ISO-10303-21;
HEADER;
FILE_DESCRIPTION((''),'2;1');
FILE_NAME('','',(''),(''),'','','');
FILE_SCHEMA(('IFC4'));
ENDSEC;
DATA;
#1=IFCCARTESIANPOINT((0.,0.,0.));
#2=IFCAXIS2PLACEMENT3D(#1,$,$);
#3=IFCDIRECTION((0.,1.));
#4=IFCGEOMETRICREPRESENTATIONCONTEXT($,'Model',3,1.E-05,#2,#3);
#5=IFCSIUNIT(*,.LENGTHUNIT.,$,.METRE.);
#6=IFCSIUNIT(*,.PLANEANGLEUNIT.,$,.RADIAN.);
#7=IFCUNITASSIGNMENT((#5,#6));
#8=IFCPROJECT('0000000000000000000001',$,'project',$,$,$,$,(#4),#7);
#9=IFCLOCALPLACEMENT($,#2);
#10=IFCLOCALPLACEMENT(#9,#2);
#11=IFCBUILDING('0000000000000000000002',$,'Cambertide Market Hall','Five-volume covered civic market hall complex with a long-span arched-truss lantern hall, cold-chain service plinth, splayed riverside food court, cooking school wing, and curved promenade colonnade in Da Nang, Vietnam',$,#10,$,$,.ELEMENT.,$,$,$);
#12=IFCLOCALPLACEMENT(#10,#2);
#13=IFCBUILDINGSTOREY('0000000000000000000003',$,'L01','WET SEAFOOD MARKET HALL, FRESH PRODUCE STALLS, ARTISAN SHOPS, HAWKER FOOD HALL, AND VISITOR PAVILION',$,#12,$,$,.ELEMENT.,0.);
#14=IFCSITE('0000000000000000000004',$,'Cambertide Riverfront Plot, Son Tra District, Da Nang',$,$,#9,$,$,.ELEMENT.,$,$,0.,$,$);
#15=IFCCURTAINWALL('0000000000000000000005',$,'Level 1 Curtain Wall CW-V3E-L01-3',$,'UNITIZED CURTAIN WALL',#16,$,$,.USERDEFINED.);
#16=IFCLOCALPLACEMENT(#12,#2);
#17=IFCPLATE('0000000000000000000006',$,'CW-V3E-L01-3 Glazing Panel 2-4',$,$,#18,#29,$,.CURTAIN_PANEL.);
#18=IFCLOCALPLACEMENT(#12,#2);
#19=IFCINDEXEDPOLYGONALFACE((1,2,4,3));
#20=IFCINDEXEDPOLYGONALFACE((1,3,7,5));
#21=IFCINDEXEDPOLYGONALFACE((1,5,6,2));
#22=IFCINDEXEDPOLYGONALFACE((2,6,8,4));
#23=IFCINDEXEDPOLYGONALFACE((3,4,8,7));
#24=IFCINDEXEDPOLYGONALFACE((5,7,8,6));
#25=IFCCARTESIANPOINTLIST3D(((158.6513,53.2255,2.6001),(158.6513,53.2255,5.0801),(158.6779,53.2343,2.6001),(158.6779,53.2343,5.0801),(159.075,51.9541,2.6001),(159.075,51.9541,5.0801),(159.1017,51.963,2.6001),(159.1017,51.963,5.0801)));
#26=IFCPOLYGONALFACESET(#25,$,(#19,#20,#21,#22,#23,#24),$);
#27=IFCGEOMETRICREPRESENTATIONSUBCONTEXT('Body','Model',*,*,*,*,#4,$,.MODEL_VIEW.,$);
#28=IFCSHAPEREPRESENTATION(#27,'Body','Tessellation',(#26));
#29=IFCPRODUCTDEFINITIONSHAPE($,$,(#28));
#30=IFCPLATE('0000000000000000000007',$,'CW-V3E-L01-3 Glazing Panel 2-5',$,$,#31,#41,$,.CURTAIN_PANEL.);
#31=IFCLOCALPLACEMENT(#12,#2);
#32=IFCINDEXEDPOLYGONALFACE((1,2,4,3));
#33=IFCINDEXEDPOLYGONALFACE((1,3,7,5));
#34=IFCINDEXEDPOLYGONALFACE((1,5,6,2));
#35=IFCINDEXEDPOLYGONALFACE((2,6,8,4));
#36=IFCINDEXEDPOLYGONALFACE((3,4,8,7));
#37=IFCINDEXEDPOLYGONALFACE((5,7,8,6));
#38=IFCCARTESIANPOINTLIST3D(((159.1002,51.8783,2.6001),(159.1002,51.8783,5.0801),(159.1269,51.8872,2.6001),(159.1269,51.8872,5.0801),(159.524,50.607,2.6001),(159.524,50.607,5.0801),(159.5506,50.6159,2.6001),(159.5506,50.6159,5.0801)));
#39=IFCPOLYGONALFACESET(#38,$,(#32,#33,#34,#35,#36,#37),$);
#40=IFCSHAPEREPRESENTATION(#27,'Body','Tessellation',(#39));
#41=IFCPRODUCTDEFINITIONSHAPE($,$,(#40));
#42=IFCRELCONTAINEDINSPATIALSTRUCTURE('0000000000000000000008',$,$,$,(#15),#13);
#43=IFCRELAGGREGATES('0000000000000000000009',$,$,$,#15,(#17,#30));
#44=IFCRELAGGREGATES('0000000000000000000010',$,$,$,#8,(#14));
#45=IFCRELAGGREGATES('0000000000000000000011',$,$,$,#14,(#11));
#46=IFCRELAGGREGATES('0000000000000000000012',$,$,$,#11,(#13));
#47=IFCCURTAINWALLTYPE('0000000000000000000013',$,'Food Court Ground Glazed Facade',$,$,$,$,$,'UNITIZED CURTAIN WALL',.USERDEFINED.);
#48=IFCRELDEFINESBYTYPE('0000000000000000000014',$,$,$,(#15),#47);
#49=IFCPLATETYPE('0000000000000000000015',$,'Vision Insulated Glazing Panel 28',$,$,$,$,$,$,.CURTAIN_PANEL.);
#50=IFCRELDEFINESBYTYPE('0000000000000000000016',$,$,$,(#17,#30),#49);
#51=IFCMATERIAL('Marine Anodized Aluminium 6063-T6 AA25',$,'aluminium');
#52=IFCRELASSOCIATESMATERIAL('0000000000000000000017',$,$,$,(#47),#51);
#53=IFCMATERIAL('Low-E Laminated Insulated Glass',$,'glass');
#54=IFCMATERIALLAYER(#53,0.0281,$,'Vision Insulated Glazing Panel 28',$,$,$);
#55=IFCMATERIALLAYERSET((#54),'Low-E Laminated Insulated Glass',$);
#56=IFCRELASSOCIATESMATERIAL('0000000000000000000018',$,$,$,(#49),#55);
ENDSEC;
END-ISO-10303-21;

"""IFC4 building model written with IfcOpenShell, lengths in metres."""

from ifc_helpers import new_model, si_unit, direction, frame, origin, origin_2d, place, context, subcontext, project, spatial, rectangle, extrude, material, layer, layer_set, type_object, element, aggregate, save


model = new_model("IFC4")

# Units and contexts
model_context = context("Model", 3, precision=1e-05, world=origin(), true_north=direction((0.0, 1.0)))
body_context = subcontext(model_context, "Body", "Model", "MODEL_VIEW")
ifc_project = project(units=[si_unit("LENGTHUNIT", "METRE"), si_unit("PLANEANGLEUNIT", "RADIAN")], contexts=[model_context])

# Site, building, storey
site_placement = place(None, origin())
site = spatial("IfcSite", under=ifc_project, at=site_placement, Name="Cambertide Riverfront Plot, Son Tra District, Da Nang", CompositionType="ELEMENT", RefElevation=0.0)
building_placement = place(site_placement, origin())
building = spatial("IfcBuilding", under=site, at=building_placement, Name="Cambertide Market Hall", Description="Five-volume covered civic market hall complex with a long-span arched-truss lantern hall, cold-chain service plinth, splayed riverside food court, cooking school wing, and curved promenade colonnade in Da Nang, Vietnam", CompositionType="ELEMENT")
storey_placement = place(building_placement, origin())
storey = spatial("IfcBuildingStorey", under=building, at=storey_placement, Name="L01", Description="WET SEAFOOD MARKET HALL, FRESH PRODUCE STALLS, ARTISAN SHOPS, HAWKER FOOD HALL, AND VISITOR PAVILION", CompositionType="ELEMENT", Elevation=0.0)

# Curtain wall, plates
ifc_material_1 = material(Name="Marine Anodized Aluminium 6063-T6 AA25", Category="aluminium")
curtain_wall_type = type_object("IfcCurtainWallType", Name="Food Court Ground Glazed Facade", ElementType="UNITIZED CURTAIN WALL", PredefinedType="USERDEFINED", material=ifc_material_1)
curtain_wall_placement = place(storey_placement, origin())
curtain_wall = element("IfcCurtainWall", 1, at=curtain_wall_placement, inside=storey, type_object=curtain_wall_type, Name="Level 1 Curtain Wall CW-V3E-L01-3", ObjectType="UNITIZED CURTAIN WALL", PredefinedType="USERDEFINED")
ifc_material_2 = material(Name="Low-E Laminated Insulated Glass", Category="glass")
ifc_layer = layer(ifc_material_2, 0.0281, Name="Vision Insulated Glazing Panel 28")
ifc_layer_set = layer_set([ifc_layer], Name="Low-E Laminated Insulated Glass")
plate_type = type_object("IfcPlateType", Name="Vision Insulated Glazing Panel 28", PredefinedType="CURTAIN_PANEL", material=ifc_layer_set)
plate_1_placement = place(storey_placement, frame((158.8765, 52.5942, 2.6001), z_axis=(0.0, 0.0, 1.0), x_axis=(0.316228, -0.948683, 0.0)))
plate_1 = element("IfcPlate", 2, at=plate_1_placement, type_object=plate_type, Name="CW-V3E-L01-3 Glazing Panel 2-4", PredefinedType="CURTAIN_PANEL", context=body_context, shape_type="SweptSolid", body=[
    extrude(rectangle(XDim=1.3401, YDim=0.0281, at=origin_2d()), origin(), (0.0, 0.0, 1.0), 2.48),
])
plate_2_placement = place(storey_placement, frame((159.3254, 51.2471, 2.6001), z_axis=(0.0, 0.0, 1.0), x_axis=(0.316228, -0.948683, 0.0)))
plate_2 = element("IfcPlate", 3, at=plate_2_placement, type_object=plate_type, Name="CW-V3E-L01-3 Glazing Panel 2-5", PredefinedType="CURTAIN_PANEL", context=body_context, shape_type="SweptSolid", body=[
    extrude(rectangle(XDim=1.3401, YDim=0.0281, at=origin_2d()), origin(), (0.0, 0.0, 1.0), 2.48),
])
aggregate(curtain_wall, [plate_1, plate_2])

save(model, "model.ifc")
